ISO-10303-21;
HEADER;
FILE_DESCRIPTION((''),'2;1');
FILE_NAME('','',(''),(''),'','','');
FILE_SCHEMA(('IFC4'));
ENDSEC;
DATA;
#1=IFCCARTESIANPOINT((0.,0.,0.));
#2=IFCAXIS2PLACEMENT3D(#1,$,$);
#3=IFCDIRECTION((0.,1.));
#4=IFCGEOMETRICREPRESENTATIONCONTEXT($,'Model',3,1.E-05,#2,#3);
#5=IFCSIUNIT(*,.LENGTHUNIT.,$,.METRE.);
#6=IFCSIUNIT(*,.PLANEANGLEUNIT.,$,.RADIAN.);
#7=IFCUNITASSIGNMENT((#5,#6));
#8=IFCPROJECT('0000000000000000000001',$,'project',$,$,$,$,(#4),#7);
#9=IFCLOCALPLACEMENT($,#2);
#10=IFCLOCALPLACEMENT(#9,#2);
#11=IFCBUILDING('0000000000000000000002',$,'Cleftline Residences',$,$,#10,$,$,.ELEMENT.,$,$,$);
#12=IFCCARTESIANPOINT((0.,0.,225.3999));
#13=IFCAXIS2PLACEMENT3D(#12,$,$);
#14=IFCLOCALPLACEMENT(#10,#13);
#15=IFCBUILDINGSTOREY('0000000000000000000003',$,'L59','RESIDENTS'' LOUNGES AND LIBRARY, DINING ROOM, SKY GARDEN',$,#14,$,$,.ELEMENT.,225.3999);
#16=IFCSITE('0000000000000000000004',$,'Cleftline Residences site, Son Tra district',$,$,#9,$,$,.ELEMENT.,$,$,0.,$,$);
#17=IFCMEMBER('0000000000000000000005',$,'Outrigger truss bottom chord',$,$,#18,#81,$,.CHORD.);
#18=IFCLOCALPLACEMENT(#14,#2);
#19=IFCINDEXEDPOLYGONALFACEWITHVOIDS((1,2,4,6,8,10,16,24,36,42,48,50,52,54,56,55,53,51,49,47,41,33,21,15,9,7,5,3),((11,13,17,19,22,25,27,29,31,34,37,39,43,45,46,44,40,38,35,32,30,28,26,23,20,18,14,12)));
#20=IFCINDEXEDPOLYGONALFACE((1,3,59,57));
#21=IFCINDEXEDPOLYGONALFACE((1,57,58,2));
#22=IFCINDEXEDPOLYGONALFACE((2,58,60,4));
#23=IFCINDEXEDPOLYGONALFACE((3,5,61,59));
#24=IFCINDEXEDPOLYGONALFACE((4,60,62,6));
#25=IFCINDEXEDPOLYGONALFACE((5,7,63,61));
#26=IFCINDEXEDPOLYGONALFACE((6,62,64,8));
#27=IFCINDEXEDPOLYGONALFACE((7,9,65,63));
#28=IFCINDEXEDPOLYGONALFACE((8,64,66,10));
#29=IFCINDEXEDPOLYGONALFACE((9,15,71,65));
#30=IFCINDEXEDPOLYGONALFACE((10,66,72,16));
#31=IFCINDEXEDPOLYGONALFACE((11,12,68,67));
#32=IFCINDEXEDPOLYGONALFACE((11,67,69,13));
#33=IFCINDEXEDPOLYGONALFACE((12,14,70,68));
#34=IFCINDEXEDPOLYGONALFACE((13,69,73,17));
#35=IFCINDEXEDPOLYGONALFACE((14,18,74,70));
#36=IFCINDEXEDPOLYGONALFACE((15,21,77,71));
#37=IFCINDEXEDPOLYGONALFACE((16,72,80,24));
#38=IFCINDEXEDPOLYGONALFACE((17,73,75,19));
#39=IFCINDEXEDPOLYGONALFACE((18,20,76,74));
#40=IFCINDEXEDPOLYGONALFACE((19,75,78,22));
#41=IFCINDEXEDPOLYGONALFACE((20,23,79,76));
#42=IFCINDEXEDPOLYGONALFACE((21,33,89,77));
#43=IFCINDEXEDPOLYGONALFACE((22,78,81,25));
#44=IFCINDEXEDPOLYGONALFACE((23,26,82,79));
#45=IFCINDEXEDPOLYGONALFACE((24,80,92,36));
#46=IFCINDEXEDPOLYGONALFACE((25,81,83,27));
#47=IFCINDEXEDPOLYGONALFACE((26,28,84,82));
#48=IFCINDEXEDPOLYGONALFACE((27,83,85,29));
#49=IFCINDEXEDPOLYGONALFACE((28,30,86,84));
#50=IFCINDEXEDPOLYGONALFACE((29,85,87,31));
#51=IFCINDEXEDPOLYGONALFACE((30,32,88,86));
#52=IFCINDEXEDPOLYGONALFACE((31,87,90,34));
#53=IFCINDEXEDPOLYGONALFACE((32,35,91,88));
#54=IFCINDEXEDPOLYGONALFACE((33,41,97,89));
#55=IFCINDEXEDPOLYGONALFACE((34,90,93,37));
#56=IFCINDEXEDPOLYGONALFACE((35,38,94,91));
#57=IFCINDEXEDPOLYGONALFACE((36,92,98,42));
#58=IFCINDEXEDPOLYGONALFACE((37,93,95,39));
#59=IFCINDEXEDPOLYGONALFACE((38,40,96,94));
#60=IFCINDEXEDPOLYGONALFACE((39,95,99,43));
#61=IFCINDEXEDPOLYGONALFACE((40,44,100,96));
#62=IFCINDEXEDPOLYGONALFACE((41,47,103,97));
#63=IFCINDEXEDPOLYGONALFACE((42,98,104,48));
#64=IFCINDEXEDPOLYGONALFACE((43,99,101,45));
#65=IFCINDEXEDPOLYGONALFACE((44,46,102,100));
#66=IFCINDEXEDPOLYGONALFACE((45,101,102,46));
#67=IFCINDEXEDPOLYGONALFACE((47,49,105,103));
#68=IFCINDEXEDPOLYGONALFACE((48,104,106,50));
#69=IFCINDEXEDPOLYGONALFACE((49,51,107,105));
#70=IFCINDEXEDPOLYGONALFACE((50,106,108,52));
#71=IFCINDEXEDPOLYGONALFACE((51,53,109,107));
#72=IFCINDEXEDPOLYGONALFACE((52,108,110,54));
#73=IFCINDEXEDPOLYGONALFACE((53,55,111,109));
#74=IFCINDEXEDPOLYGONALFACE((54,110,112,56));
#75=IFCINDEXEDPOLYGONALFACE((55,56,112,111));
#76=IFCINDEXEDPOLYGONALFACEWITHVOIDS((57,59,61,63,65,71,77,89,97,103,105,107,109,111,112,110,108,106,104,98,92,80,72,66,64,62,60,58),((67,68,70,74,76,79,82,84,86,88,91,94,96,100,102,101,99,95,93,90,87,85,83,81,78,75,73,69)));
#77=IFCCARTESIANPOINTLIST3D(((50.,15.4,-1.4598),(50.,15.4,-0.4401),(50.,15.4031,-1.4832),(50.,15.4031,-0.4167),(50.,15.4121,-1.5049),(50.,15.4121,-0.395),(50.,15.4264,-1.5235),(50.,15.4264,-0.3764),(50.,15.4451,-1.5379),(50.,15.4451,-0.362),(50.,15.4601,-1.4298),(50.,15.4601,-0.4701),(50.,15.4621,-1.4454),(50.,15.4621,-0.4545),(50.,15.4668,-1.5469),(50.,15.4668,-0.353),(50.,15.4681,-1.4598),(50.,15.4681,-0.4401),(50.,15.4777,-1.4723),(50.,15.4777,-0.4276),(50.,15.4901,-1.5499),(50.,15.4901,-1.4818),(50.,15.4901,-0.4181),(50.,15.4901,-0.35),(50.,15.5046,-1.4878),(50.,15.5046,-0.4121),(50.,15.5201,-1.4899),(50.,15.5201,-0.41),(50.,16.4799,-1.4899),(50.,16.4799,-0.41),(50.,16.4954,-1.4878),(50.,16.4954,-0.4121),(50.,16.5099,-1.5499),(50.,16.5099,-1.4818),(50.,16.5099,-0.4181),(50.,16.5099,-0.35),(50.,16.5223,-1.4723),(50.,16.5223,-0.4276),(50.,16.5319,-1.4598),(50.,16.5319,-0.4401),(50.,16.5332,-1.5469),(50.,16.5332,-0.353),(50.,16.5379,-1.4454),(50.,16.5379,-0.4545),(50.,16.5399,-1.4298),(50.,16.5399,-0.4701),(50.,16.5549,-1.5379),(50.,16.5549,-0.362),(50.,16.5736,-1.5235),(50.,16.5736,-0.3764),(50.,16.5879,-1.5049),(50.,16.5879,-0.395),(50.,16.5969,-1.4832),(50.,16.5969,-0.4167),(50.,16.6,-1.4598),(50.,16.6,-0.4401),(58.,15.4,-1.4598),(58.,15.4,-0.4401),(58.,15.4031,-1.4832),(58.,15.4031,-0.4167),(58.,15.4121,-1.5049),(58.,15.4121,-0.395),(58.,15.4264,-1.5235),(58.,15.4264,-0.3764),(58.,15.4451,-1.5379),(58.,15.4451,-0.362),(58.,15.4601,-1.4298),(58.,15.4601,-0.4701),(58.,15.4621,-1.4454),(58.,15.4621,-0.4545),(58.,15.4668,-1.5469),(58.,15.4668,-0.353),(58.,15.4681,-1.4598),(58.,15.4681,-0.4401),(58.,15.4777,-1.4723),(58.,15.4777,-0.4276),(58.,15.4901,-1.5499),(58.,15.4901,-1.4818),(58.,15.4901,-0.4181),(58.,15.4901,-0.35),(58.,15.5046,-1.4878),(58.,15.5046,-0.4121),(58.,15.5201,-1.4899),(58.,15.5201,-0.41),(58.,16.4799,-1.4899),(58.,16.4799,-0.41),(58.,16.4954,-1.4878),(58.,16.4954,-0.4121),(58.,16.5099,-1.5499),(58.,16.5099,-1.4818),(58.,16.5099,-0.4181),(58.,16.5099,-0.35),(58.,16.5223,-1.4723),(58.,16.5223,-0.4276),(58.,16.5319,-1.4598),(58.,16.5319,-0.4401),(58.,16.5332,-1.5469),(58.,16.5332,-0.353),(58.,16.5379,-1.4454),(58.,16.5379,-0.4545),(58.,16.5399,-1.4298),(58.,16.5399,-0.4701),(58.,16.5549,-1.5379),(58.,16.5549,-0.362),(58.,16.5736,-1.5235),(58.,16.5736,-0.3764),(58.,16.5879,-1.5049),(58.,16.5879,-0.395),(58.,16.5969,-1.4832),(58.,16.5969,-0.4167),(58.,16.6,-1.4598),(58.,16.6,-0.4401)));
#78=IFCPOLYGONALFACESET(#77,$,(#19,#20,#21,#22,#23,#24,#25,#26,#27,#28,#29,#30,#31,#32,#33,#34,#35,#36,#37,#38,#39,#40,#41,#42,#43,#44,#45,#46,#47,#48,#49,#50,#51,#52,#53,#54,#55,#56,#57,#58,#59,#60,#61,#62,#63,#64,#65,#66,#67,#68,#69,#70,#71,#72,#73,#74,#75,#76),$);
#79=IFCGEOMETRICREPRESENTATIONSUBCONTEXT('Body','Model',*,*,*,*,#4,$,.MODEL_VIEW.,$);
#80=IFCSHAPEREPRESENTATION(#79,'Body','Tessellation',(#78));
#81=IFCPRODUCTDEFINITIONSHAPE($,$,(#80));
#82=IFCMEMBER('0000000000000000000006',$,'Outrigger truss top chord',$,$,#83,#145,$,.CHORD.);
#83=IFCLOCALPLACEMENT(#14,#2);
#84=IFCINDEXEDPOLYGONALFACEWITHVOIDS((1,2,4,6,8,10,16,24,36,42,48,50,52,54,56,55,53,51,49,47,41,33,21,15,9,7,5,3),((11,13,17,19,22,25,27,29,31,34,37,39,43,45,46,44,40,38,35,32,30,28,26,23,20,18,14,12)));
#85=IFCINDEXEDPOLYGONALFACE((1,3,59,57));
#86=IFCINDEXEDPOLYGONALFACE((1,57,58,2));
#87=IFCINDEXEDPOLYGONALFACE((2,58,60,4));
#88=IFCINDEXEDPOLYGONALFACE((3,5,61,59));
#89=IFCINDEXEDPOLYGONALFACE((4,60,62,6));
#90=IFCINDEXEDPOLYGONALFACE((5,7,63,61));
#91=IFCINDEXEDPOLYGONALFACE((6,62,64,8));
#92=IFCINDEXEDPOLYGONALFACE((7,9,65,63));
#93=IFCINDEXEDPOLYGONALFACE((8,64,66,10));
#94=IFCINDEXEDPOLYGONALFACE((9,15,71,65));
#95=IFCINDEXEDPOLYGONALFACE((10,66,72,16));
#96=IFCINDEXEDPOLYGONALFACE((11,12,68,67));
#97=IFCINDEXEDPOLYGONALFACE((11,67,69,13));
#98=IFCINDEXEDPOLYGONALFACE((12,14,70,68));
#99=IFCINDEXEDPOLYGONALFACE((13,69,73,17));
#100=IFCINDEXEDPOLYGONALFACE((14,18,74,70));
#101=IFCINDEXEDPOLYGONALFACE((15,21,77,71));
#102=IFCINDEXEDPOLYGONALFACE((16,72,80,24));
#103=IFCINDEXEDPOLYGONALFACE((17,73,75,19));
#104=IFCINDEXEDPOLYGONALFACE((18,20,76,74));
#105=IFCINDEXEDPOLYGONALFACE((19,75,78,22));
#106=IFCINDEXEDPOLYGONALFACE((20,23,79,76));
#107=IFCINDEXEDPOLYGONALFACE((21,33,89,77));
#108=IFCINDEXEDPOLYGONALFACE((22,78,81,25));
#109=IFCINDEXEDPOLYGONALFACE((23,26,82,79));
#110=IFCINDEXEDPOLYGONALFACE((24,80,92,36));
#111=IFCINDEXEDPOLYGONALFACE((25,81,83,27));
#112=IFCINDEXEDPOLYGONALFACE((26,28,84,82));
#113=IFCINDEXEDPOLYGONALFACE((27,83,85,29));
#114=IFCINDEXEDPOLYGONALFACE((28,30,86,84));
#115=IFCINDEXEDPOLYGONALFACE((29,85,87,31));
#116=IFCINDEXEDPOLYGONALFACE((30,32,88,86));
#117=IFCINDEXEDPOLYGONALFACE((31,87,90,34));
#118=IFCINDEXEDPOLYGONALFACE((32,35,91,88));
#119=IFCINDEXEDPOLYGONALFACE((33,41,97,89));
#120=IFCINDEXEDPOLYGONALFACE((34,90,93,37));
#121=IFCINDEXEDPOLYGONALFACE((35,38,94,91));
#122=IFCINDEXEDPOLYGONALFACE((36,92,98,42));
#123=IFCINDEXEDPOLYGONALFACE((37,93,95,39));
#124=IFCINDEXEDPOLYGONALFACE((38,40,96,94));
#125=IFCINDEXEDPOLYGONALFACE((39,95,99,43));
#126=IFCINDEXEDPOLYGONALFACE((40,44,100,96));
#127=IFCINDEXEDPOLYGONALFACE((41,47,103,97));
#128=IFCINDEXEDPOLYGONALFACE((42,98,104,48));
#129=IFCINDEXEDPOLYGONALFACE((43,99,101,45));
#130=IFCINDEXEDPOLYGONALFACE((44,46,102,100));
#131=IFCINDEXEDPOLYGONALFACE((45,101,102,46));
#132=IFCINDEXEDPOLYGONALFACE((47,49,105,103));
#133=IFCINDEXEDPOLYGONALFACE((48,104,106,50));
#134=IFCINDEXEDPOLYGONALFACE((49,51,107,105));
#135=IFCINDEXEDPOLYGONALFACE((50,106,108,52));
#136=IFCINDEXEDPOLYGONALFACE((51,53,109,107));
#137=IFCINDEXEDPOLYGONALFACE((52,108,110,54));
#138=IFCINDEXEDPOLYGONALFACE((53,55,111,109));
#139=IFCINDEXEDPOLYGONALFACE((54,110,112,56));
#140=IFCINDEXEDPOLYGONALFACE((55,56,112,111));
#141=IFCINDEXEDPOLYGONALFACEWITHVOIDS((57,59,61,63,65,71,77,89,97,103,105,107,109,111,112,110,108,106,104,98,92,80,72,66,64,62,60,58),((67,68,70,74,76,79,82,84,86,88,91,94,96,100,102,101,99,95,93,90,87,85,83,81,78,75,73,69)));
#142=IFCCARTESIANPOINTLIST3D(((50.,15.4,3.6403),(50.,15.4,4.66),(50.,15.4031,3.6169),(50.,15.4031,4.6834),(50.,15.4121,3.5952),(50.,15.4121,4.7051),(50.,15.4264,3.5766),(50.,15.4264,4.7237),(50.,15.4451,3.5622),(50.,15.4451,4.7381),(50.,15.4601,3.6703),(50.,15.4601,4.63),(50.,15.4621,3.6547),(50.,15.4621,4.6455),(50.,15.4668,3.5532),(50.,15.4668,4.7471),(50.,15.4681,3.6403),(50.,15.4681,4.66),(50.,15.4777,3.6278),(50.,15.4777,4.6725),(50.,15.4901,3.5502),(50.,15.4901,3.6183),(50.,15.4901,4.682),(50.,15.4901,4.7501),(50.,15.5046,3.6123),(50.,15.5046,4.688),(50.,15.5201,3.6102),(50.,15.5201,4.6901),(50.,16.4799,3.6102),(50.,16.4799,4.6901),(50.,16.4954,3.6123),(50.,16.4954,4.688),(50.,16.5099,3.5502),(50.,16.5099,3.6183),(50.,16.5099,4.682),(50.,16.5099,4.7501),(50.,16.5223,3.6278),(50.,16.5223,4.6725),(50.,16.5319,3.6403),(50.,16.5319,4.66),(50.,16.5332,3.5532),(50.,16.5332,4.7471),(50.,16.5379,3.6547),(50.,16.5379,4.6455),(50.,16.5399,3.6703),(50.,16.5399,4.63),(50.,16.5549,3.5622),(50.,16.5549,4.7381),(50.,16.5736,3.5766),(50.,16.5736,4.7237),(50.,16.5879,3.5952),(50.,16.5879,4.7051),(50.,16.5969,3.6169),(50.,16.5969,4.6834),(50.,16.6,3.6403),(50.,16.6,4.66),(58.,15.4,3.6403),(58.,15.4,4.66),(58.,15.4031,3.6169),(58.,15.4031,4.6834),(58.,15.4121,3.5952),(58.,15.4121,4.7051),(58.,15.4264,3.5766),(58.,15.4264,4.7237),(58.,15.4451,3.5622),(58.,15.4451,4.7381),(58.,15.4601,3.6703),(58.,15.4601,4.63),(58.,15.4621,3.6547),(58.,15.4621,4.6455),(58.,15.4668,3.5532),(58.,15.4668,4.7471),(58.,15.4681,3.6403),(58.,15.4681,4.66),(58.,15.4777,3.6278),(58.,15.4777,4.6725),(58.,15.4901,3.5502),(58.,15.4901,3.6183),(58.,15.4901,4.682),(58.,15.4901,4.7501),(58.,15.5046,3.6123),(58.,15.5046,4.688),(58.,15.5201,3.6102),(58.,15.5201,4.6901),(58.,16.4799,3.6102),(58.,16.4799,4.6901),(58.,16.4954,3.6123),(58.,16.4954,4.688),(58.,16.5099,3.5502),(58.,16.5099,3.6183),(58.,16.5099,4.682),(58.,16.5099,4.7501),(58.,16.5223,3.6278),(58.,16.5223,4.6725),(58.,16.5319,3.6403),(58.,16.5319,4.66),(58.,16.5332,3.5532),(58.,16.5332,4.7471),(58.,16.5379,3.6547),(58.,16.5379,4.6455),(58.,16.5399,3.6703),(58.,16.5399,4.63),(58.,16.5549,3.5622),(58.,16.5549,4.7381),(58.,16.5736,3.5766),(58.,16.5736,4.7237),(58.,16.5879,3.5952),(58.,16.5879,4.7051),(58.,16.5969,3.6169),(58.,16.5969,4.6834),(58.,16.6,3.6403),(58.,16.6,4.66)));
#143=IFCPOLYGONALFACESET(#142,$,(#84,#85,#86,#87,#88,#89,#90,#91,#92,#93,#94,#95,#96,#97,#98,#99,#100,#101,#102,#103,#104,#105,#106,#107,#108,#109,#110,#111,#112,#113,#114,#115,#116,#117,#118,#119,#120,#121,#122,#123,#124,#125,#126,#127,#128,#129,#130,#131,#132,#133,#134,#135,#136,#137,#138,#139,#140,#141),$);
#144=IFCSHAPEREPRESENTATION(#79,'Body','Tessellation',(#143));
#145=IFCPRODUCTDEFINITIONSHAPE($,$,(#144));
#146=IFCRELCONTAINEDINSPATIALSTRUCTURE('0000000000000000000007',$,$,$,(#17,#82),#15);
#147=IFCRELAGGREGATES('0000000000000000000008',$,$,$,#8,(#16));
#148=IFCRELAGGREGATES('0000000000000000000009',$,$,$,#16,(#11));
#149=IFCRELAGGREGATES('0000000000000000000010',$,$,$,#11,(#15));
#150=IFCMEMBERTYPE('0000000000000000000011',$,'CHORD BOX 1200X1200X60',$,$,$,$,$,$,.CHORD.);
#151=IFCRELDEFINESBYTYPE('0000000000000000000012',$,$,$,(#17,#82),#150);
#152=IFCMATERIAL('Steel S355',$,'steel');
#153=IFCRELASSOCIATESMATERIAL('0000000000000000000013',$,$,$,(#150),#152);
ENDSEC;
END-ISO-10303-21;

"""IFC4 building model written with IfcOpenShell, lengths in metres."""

from ifc_helpers import new_model, si_unit, direction, frame, origin, origin_2d, place, context, subcontext, project, spatial, hollow_rectangle, extrude, material, material_profile, profile_set, type_object, element, save


model = new_model("IFC4")

# Units and contexts
model_context = context("Model", 3, precision=1e-05, world=origin(), true_north=direction((0.0, 1.0)))
body_context = subcontext(model_context, "Body", "Model", "MODEL_VIEW")
ifc_project = project(units=[si_unit("LENGTHUNIT", "METRE"), si_unit("PLANEANGLEUNIT", "RADIAN")], contexts=[model_context])

# Site, building, storey
site_placement = place(None, origin())
site = spatial("IfcSite", under=ifc_project, at=site_placement, Name="Cleftline Residences site, Son Tra district", CompositionType="ELEMENT", RefElevation=0.0)
building_placement = place(site_placement, origin())
building = spatial("IfcBuilding", under=site, at=building_placement, Name="Cleftline Residences", CompositionType="ELEMENT")
storey_placement = place(building_placement, frame((0.0, 0.0, 225.3999)))
storey = spatial("IfcBuildingStorey", under=building, at=storey_placement, Name="L59", Description="RESIDENTS' LOUNGES AND LIBRARY, DINING ROOM, SKY GARDEN", CompositionType="ELEMENT", Elevation=225.3999)

# Members
ifc_material_1 = material(Name="Steel S355", Category="steel")
ifc_material_profile_1 = material_profile(ifc_material_1, hollow_rectangle(XDim=1.2, YDim=1.2, WallThickness=0.0601, InnerFilletRadius=0.0601, OuterFilletRadius=0.0901, at=origin_2d()))
ifc_profile_set_1 = profile_set([ifc_material_profile_1], Name="Steel S355")
member_type_1 = type_object("IfcMemberType", Name="CHORD BOX 1200X1200X60", PredefinedType="CHORD", material=ifc_profile_set_1)
for number, where, z_axis, x_axis, name in (
    (1, (50.0, 16.0, -0.95), (1.0, 0.0, 0.0), (0.0, 1.0, 0.0), "Outrigger truss bottom chord"),
    (2, (50.0, 16.0, 4.1501), (1.0, 0.0, 0.0), (0.0, 1.0, 0.0), "Outrigger truss top chord"),
):
    element("IfcMember", number, at=place(storey_placement, frame(where, z_axis=z_axis, x_axis=x_axis)), inside=storey, type_object=member_type_1, Name=name, PredefinedType="CHORD", context=body_context, shape_type="SweptSolid", body=[
        extrude(hollow_rectangle(XDim=1.2, YDim=1.2, WallThickness=0.0601, InnerFilletRadius=0.0601, OuterFilletRadius=0.0901, at=origin_2d()), origin(), (0.0, 0.0, 1.0), 8.0),
    ])

save(model, "model.ifc")
